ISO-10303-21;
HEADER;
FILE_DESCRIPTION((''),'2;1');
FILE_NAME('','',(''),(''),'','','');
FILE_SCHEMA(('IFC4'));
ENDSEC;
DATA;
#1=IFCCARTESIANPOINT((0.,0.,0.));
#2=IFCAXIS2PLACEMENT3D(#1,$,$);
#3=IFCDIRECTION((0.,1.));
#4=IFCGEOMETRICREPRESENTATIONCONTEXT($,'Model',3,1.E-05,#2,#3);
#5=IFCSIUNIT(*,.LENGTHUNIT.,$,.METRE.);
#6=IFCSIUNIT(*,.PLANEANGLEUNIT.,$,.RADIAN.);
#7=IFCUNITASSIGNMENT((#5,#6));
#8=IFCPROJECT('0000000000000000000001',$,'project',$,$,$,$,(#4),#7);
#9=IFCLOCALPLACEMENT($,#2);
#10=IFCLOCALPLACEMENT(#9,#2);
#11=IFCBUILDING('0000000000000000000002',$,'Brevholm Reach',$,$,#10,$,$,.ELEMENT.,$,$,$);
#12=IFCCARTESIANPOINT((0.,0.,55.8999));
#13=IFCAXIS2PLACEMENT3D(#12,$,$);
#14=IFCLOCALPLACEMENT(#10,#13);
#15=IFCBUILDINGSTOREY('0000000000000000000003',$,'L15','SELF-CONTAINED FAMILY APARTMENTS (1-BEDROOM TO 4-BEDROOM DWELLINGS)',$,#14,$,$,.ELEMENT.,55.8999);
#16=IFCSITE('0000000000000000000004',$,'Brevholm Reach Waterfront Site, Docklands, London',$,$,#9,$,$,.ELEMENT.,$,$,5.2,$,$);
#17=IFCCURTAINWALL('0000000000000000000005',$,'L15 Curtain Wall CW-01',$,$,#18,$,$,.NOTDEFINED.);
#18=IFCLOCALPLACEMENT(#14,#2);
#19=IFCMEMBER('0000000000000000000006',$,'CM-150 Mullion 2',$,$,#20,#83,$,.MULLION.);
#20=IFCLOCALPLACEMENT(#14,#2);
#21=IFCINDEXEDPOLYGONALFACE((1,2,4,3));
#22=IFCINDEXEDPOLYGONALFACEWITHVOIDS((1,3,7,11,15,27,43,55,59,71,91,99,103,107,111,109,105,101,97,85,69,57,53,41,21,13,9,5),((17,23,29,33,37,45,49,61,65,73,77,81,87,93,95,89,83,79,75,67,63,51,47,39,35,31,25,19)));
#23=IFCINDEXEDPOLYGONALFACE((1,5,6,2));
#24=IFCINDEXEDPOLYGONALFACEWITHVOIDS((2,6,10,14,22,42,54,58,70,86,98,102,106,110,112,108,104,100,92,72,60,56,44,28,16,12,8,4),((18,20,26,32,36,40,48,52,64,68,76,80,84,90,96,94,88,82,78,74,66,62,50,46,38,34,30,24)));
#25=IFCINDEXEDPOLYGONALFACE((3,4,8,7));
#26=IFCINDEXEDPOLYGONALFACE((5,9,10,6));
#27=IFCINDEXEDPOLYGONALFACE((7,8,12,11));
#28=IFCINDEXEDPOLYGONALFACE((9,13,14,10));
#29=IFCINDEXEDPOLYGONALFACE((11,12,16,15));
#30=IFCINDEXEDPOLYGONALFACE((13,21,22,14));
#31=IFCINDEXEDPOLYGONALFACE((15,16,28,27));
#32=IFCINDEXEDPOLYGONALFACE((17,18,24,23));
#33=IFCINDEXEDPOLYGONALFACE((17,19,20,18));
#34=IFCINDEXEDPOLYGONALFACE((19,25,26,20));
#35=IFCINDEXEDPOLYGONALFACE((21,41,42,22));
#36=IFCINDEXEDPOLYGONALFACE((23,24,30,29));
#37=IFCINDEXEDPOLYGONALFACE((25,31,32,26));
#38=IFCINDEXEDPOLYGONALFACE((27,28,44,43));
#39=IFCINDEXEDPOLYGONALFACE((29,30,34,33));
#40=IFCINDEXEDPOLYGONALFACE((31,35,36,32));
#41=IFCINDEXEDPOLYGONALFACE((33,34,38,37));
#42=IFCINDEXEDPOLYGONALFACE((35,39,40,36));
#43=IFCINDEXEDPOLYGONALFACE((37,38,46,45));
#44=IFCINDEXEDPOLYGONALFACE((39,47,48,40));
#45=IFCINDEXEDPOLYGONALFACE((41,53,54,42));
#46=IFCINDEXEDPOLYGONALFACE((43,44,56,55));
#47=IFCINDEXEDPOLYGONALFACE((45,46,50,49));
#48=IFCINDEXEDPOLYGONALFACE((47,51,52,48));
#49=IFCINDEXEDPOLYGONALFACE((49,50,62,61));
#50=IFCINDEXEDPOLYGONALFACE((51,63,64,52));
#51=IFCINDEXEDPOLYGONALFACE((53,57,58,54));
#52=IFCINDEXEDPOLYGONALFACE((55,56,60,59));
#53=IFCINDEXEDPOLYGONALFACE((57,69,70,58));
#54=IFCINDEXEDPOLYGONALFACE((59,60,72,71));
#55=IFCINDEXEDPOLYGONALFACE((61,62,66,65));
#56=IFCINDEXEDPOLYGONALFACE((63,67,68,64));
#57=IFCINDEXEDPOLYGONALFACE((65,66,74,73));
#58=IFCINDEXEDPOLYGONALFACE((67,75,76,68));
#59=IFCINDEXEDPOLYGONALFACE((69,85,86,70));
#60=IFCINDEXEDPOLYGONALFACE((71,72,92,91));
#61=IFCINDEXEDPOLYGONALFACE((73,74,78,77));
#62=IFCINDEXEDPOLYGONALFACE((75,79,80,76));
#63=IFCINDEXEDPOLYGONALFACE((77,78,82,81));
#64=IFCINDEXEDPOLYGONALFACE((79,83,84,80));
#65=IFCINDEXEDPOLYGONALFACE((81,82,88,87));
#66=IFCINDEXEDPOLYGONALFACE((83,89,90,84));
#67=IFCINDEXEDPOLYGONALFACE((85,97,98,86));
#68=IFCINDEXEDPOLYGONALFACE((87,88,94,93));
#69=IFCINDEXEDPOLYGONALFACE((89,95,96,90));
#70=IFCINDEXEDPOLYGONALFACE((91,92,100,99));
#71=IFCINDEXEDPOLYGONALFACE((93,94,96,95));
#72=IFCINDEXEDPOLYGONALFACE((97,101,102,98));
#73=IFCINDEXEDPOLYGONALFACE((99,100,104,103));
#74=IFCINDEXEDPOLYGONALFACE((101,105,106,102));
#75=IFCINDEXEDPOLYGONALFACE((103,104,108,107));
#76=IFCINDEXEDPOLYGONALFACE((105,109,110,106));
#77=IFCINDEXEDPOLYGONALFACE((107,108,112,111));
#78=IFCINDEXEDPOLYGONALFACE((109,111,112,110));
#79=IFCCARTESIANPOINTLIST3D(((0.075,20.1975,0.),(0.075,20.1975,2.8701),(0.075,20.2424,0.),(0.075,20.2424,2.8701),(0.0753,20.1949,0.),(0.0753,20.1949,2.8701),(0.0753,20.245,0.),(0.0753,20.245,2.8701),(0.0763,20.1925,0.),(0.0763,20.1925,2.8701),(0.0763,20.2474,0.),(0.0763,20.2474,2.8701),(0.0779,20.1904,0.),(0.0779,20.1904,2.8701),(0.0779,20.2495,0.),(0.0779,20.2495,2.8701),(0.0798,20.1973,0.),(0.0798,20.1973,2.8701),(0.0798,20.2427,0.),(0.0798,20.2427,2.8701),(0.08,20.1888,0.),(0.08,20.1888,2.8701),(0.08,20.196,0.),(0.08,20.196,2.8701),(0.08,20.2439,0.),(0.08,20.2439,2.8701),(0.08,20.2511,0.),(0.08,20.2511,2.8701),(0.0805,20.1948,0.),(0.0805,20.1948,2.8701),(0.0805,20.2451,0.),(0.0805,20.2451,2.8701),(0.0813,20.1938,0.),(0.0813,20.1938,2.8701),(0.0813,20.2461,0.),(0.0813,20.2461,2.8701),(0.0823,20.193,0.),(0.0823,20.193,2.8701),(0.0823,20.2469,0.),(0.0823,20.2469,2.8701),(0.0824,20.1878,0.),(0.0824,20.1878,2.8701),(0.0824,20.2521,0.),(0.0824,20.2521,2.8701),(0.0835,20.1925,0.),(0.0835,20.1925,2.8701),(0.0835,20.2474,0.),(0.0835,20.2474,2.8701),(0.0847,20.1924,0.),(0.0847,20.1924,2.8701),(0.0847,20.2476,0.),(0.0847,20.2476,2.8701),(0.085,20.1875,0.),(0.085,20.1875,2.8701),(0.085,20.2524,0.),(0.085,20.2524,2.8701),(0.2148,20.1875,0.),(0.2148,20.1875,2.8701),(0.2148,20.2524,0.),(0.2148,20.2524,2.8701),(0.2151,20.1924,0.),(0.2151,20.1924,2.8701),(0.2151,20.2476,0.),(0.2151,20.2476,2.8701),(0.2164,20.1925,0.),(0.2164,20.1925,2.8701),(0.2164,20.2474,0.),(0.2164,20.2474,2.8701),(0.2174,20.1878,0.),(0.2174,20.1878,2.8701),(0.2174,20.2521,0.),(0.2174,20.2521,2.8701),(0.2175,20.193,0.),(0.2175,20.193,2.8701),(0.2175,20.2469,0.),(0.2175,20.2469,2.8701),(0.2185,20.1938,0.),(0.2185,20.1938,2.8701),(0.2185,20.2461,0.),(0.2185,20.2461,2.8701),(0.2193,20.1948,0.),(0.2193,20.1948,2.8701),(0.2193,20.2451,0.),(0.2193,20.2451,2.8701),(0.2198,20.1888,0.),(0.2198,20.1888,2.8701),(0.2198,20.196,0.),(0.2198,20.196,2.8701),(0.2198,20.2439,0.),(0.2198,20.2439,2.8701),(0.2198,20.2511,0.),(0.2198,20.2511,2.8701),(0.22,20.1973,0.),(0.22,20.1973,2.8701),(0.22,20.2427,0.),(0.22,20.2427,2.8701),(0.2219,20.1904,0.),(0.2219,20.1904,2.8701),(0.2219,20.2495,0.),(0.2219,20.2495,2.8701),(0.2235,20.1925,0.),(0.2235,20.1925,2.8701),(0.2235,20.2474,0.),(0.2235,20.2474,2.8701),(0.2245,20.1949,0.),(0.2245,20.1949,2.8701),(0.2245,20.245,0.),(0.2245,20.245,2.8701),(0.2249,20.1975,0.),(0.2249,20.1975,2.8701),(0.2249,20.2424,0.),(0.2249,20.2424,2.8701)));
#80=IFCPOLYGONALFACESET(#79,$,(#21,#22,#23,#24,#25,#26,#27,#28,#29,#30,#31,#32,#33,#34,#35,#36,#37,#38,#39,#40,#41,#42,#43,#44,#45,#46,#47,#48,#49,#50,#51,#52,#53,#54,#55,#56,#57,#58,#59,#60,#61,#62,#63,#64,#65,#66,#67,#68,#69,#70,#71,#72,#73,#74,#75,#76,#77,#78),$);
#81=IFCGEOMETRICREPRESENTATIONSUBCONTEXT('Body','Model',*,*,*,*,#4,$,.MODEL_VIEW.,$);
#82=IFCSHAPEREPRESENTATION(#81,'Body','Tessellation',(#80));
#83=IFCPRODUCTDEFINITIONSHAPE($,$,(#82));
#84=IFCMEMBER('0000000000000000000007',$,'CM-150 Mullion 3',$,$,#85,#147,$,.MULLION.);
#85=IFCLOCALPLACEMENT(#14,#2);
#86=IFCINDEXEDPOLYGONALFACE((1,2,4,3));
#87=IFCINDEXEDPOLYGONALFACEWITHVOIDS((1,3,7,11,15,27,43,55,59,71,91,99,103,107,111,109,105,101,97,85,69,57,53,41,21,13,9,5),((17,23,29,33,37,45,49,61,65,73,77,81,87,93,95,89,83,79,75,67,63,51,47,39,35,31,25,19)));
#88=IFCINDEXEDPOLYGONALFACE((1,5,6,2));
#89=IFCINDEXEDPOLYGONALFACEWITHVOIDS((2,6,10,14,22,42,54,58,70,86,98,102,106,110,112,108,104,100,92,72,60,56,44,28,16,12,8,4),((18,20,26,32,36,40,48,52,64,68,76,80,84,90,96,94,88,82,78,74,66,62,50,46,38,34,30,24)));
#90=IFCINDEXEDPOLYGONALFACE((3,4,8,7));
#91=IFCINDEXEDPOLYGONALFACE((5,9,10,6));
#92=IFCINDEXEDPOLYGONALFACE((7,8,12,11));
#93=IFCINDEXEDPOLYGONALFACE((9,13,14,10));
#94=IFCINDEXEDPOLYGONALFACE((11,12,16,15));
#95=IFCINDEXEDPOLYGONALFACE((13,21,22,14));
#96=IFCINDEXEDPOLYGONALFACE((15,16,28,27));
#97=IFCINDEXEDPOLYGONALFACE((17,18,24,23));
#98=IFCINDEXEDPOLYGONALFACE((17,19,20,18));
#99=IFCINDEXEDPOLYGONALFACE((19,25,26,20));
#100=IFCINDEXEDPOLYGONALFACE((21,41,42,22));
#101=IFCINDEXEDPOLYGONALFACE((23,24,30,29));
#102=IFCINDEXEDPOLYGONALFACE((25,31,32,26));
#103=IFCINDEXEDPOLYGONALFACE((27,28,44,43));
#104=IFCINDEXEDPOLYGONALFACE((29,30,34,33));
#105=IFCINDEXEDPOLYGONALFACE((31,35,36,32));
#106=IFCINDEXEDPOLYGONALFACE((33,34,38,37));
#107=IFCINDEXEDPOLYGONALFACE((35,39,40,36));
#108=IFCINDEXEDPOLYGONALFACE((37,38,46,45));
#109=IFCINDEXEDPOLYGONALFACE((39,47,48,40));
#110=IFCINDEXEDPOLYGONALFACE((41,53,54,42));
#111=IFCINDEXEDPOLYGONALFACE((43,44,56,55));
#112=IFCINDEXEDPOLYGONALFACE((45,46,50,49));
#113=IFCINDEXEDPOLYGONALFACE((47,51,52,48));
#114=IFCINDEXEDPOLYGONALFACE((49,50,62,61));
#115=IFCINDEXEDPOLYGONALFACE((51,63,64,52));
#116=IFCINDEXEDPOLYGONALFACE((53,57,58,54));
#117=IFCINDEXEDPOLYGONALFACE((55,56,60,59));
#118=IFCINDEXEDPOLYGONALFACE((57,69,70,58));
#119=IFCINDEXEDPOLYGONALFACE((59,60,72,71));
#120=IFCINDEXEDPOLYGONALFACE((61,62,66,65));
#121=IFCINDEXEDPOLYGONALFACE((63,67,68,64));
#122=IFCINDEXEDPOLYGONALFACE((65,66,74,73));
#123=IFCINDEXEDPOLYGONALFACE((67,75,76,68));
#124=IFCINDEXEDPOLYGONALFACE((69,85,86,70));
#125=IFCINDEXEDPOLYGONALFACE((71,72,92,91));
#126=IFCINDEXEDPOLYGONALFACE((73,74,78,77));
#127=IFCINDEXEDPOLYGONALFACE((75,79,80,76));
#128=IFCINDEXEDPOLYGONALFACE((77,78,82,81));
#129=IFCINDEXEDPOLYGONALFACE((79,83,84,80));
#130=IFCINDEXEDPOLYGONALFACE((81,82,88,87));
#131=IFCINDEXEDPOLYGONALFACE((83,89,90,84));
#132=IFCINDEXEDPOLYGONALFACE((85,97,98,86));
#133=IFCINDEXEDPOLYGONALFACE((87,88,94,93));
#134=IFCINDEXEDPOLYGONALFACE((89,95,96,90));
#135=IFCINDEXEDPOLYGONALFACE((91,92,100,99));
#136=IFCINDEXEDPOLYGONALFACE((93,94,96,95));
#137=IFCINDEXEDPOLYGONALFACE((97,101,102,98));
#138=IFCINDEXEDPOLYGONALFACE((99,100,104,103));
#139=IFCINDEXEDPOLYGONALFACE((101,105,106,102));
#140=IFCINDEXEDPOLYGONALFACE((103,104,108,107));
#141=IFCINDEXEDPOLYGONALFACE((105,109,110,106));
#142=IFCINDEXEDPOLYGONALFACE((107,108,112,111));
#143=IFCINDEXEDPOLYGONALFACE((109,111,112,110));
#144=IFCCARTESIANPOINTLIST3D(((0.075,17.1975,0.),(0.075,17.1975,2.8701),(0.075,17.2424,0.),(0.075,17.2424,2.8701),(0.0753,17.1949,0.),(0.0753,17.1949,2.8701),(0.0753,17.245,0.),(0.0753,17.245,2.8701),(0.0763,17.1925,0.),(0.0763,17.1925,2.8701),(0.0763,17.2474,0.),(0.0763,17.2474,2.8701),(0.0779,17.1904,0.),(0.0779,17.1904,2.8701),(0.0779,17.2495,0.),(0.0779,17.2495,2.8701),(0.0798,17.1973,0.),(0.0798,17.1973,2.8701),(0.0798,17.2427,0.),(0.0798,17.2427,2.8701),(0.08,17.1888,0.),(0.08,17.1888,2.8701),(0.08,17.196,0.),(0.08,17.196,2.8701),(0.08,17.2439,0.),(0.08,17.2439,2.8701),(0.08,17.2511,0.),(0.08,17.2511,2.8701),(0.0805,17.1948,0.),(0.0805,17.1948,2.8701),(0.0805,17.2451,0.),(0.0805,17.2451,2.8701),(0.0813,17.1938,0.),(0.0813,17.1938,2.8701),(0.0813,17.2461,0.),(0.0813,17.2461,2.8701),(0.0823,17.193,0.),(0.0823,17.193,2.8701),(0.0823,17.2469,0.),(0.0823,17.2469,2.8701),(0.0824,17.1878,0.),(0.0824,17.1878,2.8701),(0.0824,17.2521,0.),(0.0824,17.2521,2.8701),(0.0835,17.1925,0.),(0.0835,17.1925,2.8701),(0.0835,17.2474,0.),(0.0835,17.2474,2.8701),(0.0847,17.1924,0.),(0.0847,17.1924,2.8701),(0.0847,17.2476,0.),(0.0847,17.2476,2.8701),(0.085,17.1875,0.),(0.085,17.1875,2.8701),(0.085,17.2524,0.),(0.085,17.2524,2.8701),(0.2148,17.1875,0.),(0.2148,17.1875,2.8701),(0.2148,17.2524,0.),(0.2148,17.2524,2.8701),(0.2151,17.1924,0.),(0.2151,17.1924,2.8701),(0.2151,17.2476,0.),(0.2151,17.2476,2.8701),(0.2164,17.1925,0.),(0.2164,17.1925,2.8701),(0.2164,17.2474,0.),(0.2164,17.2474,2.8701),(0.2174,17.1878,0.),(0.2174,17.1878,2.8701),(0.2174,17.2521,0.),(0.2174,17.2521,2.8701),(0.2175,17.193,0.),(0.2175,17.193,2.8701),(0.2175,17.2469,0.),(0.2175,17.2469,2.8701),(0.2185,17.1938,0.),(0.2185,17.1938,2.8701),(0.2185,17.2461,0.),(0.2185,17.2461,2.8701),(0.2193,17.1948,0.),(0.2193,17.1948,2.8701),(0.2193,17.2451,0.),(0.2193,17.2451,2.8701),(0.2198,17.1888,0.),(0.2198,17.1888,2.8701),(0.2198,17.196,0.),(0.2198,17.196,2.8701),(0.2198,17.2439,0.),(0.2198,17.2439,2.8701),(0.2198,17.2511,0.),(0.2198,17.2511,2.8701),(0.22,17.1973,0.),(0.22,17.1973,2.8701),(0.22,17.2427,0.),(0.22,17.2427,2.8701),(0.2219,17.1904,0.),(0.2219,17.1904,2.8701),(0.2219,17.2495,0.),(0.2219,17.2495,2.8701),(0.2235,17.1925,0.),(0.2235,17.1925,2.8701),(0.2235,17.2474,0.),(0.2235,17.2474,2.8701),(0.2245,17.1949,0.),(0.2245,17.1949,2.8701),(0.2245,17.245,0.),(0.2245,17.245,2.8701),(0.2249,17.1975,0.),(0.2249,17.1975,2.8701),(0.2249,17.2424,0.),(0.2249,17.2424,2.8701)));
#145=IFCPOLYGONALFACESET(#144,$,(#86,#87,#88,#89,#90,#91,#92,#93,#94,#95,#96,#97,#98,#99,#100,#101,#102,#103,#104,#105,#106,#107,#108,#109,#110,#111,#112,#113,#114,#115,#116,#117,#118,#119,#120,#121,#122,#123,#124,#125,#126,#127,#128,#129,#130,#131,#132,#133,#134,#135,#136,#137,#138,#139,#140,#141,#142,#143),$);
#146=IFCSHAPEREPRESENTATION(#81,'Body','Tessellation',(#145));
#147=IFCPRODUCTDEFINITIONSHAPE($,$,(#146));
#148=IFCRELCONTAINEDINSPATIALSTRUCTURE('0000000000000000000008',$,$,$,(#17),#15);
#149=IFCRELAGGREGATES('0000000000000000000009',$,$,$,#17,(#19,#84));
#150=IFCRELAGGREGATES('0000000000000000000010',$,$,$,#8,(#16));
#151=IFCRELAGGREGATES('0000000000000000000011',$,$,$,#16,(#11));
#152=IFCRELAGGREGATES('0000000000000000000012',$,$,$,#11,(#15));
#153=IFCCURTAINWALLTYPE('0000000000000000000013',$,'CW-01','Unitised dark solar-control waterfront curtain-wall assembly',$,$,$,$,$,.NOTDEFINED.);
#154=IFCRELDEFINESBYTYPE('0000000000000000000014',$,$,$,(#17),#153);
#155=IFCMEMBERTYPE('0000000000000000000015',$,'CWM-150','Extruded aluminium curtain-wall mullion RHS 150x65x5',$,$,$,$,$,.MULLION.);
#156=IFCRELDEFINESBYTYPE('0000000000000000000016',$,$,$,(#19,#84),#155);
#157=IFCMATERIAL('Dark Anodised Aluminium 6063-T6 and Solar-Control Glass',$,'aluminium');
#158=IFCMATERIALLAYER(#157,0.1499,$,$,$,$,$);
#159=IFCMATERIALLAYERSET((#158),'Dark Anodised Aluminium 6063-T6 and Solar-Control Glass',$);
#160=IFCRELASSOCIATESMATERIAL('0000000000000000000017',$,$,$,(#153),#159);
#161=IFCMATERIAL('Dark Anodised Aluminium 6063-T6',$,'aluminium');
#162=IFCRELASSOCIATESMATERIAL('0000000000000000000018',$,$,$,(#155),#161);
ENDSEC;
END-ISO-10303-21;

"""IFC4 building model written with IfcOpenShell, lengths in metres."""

from ifc_helpers import new_model, si_unit, direction, frame, origin, origin_2d, place, context, subcontext, project, spatial, hollow_rectangle, extrude, material, layer, layer_set, material_profile, profile_set, type_object, element, aggregate, save


model = new_model("IFC4")

# Units and contexts
model_context = context("Model", 3, precision=1e-05, world=origin(), true_north=direction((0.0, 1.0)))
body_context = subcontext(model_context, "Body", "Model", "MODEL_VIEW")
ifc_project = project(units=[si_unit("LENGTHUNIT", "METRE"), si_unit("PLANEANGLEUNIT", "RADIAN")], contexts=[model_context])

# Site, building, storey
site_placement = place(None, origin())
site = spatial("IfcSite", under=ifc_project, at=site_placement, Name="Brevholm Reach Waterfront Site, Docklands, London", CompositionType="ELEMENT", RefElevation=5.2)
building_placement = place(site_placement, origin())
building = spatial("IfcBuilding", under=site, at=building_placement, Name="Brevholm Reach", CompositionType="ELEMENT")
storey_placement = place(building_placement, frame((0.0, 0.0, 55.8999)))
storey = spatial("IfcBuildingStorey", under=building, at=storey_placement, Name="L15", Description="SELF-CONTAINED FAMILY APARTMENTS (1-BEDROOM TO 4-BEDROOM DWELLINGS)", CompositionType="ELEMENT", Elevation=55.8999)

# Curtain wall, members
ifc_material_1 = material(Name="Dark Anodised Aluminium 6063-T6 and Solar-Control Glass", Category="aluminium")
ifc_layer_1 = layer(ifc_material_1, 0.1499)
ifc_layer_set_1 = layer_set([ifc_layer_1], Name="Dark Anodised Aluminium 6063-T6 and Solar-Control Glass")
curtain_wall_type = type_object("IfcCurtainWallType", Name="CW-01", Description="Unitised dark solar-control waterfront curtain-wall assembly", PredefinedType="NOTDEFINED", material=ifc_layer_set_1)
curtain_wall_placement = place(storey_placement, origin())
curtain_wall = element("IfcCurtainWall", 1, at=curtain_wall_placement, inside=storey, type_object=curtain_wall_type, Name="L15 Curtain Wall CW-01", PredefinedType="NOTDEFINED")
ifc_material_2 = material(Name="Dark Anodised Aluminium 6063-T6", Category="aluminium")
ifc_material_profile_1 = material_profile(ifc_material_2, hollow_rectangle(XDim=0.0649, YDim=0.1499, WallThickness=0.0049, InnerFilletRadius=0.0049, OuterFilletRadius=0.01, at=origin_2d()), Name="RHS 150x65x5")
ifc_profile_set_1 = profile_set([ifc_material_profile_1], Name="Dark Anodised Aluminium 6063-T6")
member_type_1 = type_object("IfcMemberType", Name="CWM-150", Description="Extruded aluminium curtain-wall mullion RHS 150x65x5", PredefinedType="MULLION", material=ifc_profile_set_1)
member_1_placement = place(storey_placement, frame((0.1499, 20.22, 0.0), z_axis=(0.0, 0.0, 1.0), x_axis=(0.0, -1.0, 0.0)))
member_1 = element("IfcMember", 2, at=member_1_placement, type_object=member_type_1, Name="CM-150 Mullion 2", PredefinedType="MULLION", context=body_context, shape_type="SweptSolid", body=[
    extrude(hollow_rectangle(XDim=0.0649, YDim=0.1499, WallThickness=0.0049, InnerFilletRadius=0.0049, OuterFilletRadius=0.01, at=origin_2d()), origin(), (0.0, 0.0, 1.0), 2.8701),
])
member_2_placement = place(storey_placement, frame((0.1499, 17.22, 0.0), z_axis=(0.0, 0.0, 1.0), x_axis=(0.0, -1.0, 0.0)))
member_2 = element("IfcMember", 3, at=member_2_placement, type_object=member_type_1, Name="CM-150 Mullion 3", PredefinedType="MULLION", context=body_context, shape_type="SweptSolid", body=[
    extrude(hollow_rectangle(XDim=0.0649, YDim=0.1499, WallThickness=0.0049, InnerFilletRadius=0.0049, OuterFilletRadius=0.01, at=origin_2d()), origin(), (0.0, 0.0, 1.0), 2.8701),
])
aggregate(curtain_wall, [member_1, member_2])

save(model, "model.ifc")
